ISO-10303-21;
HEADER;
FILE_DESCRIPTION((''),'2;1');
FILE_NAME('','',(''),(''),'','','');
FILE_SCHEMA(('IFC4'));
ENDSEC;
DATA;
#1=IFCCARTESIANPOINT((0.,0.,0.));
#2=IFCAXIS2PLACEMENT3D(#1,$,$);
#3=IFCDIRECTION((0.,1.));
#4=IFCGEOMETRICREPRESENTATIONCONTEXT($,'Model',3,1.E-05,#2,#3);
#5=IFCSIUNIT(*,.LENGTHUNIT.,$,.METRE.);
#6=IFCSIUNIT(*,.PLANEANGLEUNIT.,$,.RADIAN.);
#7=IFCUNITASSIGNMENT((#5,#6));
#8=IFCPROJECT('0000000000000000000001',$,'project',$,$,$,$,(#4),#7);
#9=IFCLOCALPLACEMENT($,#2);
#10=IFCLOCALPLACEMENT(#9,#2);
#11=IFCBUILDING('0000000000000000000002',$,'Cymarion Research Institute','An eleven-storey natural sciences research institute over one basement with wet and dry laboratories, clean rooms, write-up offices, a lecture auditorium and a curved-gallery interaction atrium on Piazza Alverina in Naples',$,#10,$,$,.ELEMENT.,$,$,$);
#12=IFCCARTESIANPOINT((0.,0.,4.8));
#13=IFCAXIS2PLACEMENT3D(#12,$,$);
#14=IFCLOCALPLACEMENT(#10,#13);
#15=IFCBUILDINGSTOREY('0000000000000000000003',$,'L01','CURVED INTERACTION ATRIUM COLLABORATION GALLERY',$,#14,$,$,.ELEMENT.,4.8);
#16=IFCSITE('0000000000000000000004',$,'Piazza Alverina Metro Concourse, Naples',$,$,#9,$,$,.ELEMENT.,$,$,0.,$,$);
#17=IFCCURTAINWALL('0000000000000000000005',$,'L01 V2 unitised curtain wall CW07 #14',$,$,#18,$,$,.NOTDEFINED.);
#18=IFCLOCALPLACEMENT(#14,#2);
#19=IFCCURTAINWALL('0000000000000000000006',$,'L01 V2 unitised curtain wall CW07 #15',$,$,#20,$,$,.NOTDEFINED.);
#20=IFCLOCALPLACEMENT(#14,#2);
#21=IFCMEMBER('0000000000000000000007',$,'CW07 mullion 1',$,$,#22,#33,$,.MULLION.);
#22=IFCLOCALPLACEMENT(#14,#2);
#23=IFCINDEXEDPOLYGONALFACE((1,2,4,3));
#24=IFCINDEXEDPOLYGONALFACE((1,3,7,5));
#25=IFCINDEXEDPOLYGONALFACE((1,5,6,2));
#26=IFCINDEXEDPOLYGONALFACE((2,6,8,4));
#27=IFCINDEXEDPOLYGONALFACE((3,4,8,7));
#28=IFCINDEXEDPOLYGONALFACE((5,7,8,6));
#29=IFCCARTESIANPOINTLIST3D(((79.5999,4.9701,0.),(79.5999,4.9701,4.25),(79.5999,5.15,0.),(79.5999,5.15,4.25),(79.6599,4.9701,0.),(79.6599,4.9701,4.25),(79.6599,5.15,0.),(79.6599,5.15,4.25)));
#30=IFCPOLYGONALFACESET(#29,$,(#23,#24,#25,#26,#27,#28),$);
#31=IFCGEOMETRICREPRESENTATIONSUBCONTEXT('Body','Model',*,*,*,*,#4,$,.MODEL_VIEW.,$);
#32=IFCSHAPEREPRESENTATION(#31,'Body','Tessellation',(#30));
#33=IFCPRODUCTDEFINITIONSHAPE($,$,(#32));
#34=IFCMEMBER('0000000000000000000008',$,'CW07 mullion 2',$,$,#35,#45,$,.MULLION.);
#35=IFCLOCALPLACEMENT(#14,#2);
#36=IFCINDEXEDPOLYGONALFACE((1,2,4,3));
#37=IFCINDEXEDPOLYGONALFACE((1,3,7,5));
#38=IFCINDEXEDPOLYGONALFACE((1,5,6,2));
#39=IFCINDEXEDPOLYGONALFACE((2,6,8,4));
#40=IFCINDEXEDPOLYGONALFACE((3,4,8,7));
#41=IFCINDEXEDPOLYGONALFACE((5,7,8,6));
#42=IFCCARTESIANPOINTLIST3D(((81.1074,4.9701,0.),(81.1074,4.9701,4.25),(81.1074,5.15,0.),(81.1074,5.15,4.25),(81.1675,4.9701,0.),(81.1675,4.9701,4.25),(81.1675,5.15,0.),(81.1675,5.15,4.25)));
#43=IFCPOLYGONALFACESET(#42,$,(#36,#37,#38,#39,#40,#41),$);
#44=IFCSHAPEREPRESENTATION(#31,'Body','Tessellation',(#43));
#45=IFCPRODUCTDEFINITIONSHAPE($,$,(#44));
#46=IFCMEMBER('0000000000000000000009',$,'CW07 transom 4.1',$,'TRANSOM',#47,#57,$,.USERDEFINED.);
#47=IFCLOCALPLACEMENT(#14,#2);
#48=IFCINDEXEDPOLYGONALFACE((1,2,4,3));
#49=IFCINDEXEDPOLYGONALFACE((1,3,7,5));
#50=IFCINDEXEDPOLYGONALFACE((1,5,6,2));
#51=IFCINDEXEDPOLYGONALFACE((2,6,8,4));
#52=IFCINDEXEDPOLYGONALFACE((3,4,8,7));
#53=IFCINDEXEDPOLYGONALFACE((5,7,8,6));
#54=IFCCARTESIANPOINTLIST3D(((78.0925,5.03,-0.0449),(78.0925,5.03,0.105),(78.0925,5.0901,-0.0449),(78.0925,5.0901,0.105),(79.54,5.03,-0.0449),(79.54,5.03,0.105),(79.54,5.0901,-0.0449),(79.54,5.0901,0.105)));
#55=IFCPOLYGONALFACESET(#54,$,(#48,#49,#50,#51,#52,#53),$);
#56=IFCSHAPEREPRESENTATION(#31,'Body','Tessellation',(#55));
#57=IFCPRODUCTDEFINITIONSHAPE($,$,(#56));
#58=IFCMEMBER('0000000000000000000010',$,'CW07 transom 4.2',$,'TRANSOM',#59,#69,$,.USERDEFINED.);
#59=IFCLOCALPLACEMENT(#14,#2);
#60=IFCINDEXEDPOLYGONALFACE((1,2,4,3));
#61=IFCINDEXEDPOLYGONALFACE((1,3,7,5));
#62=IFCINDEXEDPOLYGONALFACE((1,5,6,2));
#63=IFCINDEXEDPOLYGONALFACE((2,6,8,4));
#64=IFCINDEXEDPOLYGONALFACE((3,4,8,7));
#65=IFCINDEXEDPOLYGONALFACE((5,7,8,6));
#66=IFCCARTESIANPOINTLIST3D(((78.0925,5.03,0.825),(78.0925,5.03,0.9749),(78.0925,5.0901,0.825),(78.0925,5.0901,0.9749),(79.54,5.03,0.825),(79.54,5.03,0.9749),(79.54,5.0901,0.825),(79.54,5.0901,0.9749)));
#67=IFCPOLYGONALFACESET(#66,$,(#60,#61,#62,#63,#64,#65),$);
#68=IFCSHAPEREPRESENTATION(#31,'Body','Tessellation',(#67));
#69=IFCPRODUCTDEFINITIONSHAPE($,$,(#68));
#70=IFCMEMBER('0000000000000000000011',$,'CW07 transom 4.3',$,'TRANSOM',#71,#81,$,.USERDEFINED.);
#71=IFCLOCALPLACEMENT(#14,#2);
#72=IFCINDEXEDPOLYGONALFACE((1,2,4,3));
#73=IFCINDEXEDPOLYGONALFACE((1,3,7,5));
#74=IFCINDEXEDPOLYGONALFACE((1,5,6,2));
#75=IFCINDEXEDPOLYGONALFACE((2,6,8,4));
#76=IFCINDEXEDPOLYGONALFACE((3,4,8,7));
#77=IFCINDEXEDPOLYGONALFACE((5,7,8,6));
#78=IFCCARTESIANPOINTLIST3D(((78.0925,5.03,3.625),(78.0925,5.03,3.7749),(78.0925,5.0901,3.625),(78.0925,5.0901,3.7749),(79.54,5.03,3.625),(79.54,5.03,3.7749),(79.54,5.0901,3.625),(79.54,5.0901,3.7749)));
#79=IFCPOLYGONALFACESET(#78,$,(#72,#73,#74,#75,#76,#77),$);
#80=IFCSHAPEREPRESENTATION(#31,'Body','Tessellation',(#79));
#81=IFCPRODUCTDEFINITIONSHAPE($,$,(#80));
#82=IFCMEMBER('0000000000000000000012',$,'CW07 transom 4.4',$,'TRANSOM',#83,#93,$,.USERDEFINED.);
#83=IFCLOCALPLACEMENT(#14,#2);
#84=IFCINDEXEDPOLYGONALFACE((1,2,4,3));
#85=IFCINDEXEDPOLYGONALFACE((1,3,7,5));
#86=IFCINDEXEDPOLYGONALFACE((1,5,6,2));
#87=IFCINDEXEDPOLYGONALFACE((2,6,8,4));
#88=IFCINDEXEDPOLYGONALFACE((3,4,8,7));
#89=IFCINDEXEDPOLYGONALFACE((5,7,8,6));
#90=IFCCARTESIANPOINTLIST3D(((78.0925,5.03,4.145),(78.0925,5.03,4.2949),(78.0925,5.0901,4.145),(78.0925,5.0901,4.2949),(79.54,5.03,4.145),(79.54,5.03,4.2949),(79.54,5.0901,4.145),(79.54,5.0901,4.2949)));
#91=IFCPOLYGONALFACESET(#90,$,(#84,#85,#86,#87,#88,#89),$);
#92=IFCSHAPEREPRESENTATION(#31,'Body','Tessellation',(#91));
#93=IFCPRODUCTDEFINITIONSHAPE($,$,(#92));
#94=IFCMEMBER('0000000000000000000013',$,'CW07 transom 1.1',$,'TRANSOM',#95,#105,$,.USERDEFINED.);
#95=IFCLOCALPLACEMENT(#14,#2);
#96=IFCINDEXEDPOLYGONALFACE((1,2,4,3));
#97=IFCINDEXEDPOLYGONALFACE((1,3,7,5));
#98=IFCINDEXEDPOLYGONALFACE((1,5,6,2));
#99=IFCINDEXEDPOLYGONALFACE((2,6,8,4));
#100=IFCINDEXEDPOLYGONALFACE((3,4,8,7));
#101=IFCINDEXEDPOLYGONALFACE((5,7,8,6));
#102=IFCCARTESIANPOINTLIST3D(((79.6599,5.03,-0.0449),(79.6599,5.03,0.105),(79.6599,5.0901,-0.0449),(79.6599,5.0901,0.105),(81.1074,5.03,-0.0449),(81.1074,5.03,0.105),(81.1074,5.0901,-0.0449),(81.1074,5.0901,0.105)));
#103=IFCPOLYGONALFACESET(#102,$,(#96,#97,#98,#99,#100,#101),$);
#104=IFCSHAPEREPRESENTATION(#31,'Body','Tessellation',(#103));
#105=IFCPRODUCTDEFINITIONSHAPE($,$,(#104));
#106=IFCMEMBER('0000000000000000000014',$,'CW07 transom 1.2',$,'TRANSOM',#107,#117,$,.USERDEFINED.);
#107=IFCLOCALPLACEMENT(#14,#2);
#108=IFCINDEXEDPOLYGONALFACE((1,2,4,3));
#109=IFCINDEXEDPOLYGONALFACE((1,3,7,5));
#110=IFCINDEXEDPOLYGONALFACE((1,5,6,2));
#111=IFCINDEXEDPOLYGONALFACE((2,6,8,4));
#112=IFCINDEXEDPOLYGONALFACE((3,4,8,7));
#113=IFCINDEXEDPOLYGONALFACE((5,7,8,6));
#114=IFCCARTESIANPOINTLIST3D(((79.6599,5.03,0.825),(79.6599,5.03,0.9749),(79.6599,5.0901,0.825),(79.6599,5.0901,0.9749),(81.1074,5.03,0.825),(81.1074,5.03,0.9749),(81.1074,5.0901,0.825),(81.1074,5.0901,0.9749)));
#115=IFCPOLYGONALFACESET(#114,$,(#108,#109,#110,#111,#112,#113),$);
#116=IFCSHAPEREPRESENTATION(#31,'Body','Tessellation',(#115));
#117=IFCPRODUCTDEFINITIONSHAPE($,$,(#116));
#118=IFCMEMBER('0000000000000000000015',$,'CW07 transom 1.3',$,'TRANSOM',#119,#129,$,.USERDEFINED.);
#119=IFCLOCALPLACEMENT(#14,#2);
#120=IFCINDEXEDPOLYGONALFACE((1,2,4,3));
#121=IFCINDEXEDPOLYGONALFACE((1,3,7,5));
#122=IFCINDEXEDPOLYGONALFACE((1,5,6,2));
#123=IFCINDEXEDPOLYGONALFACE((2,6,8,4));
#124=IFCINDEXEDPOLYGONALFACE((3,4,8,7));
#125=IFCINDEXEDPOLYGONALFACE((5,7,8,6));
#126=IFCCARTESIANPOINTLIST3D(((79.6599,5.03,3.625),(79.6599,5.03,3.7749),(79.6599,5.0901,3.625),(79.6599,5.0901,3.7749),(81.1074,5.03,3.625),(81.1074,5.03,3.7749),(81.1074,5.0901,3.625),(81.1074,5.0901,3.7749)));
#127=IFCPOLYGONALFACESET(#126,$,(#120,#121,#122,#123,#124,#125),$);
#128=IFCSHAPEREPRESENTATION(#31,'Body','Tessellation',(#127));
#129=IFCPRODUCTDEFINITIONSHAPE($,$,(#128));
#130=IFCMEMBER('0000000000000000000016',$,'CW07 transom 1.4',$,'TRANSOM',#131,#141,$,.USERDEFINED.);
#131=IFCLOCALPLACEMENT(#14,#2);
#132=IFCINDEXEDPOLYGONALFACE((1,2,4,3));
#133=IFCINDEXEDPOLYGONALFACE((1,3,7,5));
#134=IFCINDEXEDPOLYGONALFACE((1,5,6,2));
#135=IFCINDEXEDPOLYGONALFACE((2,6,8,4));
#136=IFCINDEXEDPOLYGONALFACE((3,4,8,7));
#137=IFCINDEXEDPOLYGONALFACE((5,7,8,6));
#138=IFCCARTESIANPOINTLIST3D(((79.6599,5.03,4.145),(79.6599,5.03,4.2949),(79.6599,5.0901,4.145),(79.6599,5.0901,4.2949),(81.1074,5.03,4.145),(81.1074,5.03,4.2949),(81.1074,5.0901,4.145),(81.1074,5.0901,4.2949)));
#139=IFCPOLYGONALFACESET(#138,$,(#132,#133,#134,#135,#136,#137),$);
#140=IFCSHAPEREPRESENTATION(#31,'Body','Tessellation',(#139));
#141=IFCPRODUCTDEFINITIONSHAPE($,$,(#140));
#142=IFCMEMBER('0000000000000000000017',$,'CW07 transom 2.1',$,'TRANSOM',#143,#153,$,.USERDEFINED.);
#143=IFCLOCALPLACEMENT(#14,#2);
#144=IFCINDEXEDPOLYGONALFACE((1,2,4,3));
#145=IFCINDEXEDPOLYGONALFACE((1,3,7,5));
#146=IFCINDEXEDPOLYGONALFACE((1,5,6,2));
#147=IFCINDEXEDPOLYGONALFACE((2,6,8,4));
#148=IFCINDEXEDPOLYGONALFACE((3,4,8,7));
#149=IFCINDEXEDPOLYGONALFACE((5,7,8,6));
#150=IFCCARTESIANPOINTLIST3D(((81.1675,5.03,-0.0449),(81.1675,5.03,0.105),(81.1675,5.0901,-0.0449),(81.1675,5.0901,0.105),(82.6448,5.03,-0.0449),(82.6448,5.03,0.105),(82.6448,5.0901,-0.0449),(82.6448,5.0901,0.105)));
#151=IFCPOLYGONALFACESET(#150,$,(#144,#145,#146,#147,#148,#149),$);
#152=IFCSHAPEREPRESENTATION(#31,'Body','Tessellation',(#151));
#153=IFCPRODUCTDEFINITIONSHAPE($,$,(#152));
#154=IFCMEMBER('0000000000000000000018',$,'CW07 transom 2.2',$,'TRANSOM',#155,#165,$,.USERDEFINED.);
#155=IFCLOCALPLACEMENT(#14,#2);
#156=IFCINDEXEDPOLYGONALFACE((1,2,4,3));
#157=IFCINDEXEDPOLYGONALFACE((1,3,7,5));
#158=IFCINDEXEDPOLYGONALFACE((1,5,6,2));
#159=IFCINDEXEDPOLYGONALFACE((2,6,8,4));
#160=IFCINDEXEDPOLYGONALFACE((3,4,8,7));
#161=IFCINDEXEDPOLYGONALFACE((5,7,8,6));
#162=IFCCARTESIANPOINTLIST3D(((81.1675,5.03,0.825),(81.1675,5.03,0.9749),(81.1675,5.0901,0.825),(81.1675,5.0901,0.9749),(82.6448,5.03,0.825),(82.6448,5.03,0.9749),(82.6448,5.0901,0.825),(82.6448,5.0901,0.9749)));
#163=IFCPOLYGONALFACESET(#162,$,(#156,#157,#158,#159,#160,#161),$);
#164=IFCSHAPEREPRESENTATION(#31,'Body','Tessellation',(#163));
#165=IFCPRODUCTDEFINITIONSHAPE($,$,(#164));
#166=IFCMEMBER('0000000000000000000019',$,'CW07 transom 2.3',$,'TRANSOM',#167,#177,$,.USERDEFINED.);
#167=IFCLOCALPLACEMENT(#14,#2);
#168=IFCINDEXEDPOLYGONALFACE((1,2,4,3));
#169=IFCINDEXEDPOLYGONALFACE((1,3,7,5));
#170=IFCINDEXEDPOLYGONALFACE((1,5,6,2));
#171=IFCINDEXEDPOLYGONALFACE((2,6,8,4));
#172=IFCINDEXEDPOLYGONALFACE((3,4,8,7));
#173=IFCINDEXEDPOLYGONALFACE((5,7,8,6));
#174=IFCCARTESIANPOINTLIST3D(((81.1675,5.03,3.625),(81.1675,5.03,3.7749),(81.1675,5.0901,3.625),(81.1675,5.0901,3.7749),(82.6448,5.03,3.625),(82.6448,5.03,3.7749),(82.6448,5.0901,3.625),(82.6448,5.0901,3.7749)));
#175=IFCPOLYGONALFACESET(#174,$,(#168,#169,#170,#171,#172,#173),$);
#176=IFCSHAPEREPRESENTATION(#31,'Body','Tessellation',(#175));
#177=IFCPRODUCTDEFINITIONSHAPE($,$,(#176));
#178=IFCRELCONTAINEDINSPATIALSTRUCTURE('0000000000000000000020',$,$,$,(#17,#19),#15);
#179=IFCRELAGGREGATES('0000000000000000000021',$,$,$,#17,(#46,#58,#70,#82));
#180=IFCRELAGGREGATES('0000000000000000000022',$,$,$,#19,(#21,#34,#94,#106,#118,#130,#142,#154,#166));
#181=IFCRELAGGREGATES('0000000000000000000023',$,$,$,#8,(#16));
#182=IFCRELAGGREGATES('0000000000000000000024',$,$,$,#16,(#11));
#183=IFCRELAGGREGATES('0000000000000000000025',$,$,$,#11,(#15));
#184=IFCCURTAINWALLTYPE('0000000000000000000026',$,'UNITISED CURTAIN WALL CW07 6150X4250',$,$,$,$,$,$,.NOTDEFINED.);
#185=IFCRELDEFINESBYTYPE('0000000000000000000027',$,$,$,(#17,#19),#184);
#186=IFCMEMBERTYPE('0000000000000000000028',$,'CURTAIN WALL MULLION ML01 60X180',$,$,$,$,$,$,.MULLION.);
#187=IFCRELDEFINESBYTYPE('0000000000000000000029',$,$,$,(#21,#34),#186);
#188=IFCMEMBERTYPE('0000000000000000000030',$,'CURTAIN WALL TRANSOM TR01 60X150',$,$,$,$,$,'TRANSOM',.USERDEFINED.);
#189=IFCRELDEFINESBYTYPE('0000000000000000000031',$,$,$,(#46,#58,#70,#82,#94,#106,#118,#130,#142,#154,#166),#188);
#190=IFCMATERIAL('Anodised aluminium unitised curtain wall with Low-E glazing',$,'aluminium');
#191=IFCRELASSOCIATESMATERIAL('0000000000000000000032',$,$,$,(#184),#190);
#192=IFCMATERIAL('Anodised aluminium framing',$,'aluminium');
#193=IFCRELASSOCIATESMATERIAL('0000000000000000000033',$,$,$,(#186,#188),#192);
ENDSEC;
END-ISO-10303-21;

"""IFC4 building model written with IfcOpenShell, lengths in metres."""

from ifc_helpers import new_model, si_unit, direction, frame, origin, origin_2d, place, context, subcontext, project, spatial, rectangle, extrude, material, material_profile, profile_set, type_object, element, aggregate, save


model = new_model("IFC4")

# Units and contexts
model_context = context("Model", 3, precision=1e-05, world=origin(), true_north=direction((0.0, 1.0)))
body_context = subcontext(model_context, "Body", "Model", "MODEL_VIEW")
ifc_project = project(units=[si_unit("LENGTHUNIT", "METRE"), si_unit("PLANEANGLEUNIT", "RADIAN")], contexts=[model_context])

# Site, building, storey
site_placement = place(None, origin())
site = spatial("IfcSite", under=ifc_project, at=site_placement, Name="Piazza Alverina Metro Concourse, Naples", CompositionType="ELEMENT", RefElevation=0.0)
building_placement = place(site_placement, origin())
building = spatial("IfcBuilding", under=site, at=building_placement, Name="Cymarion Research Institute", Description="An eleven-storey natural sciences research institute over one basement with wet and dry laboratories, clean rooms, write-up offices, a lecture auditorium and a curved-gallery interaction atrium on Piazza Alverina in Naples", CompositionType="ELEMENT")
storey_placement = place(building_placement, frame((0.0, 0.0, 4.8)))
storey = spatial("IfcBuildingStorey", under=building, at=storey_placement, Name="L01", Description="CURVED INTERACTION ATRIUM COLLABORATION GALLERY", CompositionType="ELEMENT", Elevation=4.8)

# Curtain walls, members
ifc_material_1 = material(Name="Anodised aluminium unitised curtain wall with Low-E glazing", Category="aluminium")
curtain_wall_type = type_object("IfcCurtainWallType", Name="UNITISED CURTAIN WALL CW07 6150X4250", PredefinedType="NOTDEFINED", material=ifc_material_1)
curtain_wall_1_placement = place(storey_placement, origin())
curtain_wall_1 = element("IfcCurtainWall", 1, at=curtain_wall_1_placement, inside=storey, type_object=curtain_wall_type, Name="L01 V2 unitised curtain wall CW07 #14", PredefinedType="NOTDEFINED")
ifc_material_2 = material(Name="Anodised aluminium framing", Category="aluminium")
ifc_material_profile_1 = material_profile(ifc_material_2, rectangle(XDim=0.0601, YDim=0.1799, at=origin_2d()), Name="ALU MULLION 60x180")
ifc_profile_set_1 = profile_set([ifc_material_profile_1], Name="Anodised aluminium framing")
member_type_1 = type_object("IfcMemberType", Name="CURTAIN WALL MULLION ML01 60X180", PredefinedType="MULLION", material=ifc_profile_set_1)
curtain_wall_2_placement = place(storey_placement, origin())
curtain_wall_2 = element("IfcCurtainWall", 2, at=curtain_wall_2_placement, inside=storey, type_object=curtain_wall_type, Name="L01 V2 unitised curtain wall CW07 #15", PredefinedType="NOTDEFINED")
member_1_placement = place(storey_placement, frame((79.6299, 5.0601, 0.0), z_axis=(0.0, 0.0, 1.0), x_axis=(1.0, 0.0, 0.0)))
member_1 = element("IfcMember", 3, at=member_1_placement, type_object=member_type_1, Name="CW07 mullion 1", PredefinedType="MULLION", context=body_context, shape_type="SweptSolid", body=[
    extrude(rectangle(XDim=0.0601, YDim=0.1799, at=origin_2d()), origin(), (0.0, 0.0, 1.0), 4.25),
])
member_2_placement = place(storey_placement, frame((81.1375, 5.0601, 0.0), z_axis=(0.0, 0.0, 1.0), x_axis=(1.0, 0.0, 0.0)))
member_2 = element("IfcMember", 4, at=member_2_placement, type_object=member_type_1, Name="CW07 mullion 2", PredefinedType="MULLION", context=body_context, shape_type="SweptSolid", body=[
    extrude(rectangle(XDim=0.0601, YDim=0.1799, at=origin_2d()), origin(), (0.0, 0.0, 1.0), 4.25),
])

# Members
ifc_material_profile_2 = material_profile(ifc_material_2, rectangle(XDim=0.0601, YDim=0.1499, at=origin_2d()), Name="ALU TRANSOM 60x150")
ifc_profile_set_2 = profile_set([ifc_material_profile_2], Name="Anodised aluminium framing")
member_type_2 = type_object("IfcMemberType", Name="CURTAIN WALL TRANSOM TR01 60X150", ElementType="TRANSOM", PredefinedType="USERDEFINED", material=ifc_profile_set_2)
member_3_placement = place(storey_placement, frame((78.0925, 5.0601, 0.03), z_axis=(1.0, 0.0, 0.0), x_axis=(0.0, 1.0, 0.0)))
member_3 = element("IfcMember", 5, at=member_3_placement, type_object=member_type_2, Name="CW07 transom 4.1", ObjectType="TRANSOM", PredefinedType="USERDEFINED", context=body_context, shape_type="SweptSolid", body=[
    extrude(rectangle(XDim=0.0601, YDim=0.1499, at=origin_2d()), origin(), (0.0, 0.0, 1.0), 1.4475),
])
member_4_placement = place(storey_placement, frame((78.0925, 5.0601, 0.8999), z_axis=(1.0, 0.0, 0.0), x_axis=(0.0, 1.0, 0.0)))
member_4 = element("IfcMember", 6, at=member_4_placement, type_object=member_type_2, Name="CW07 transom 4.2", ObjectType="TRANSOM", PredefinedType="USERDEFINED", context=body_context, shape_type="SweptSolid", body=[
    extrude(rectangle(XDim=0.0601, YDim=0.1499, at=origin_2d()), origin(), (0.0, 0.0, 1.0), 1.4475),
])
member_5_placement = place(storey_placement, frame((78.0925, 5.0601, 3.7), z_axis=(1.0, 0.0, 0.0), x_axis=(0.0, 1.0, 0.0)))
member_5 = element("IfcMember", 7, at=member_5_placement, type_object=member_type_2, Name="CW07 transom 4.3", ObjectType="TRANSOM", PredefinedType="USERDEFINED", context=body_context, shape_type="SweptSolid", body=[
    extrude(rectangle(XDim=0.0601, YDim=0.1499, at=origin_2d()), origin(), (0.0, 0.0, 1.0), 1.4475),
])
member_6_placement = place(storey_placement, frame((78.0925, 5.0601, 4.22), z_axis=(1.0, 0.0, 0.0), x_axis=(0.0, 1.0, 0.0)))
member_6 = element("IfcMember", 8, at=member_6_placement, type_object=member_type_2, Name="CW07 transom 4.4", ObjectType="TRANSOM", PredefinedType="USERDEFINED", context=body_context, shape_type="SweptSolid", body=[
    extrude(rectangle(XDim=0.0601, YDim=0.1499, at=origin_2d()), origin(), (0.0, 0.0, 1.0), 1.4475),
])
member_7_placement = place(storey_placement, frame((79.6599, 5.0601, 0.03), z_axis=(1.0, 0.0, 0.0), x_axis=(0.0, 1.0, 0.0)))
member_7 = element("IfcMember", 9, at=member_7_placement, type_object=member_type_2, Name="CW07 transom 1.1", ObjectType="TRANSOM", PredefinedType="USERDEFINED", context=body_context, shape_type="SweptSolid", body=[
    extrude(rectangle(XDim=0.0601, YDim=0.1499, at=origin_2d()), origin(), (0.0, 0.0, 1.0), 1.4475),
])
member_8_placement = place(storey_placement, frame((79.6599, 5.0601, 0.8999), z_axis=(1.0, 0.0, 0.0), x_axis=(0.0, 1.0, 0.0)))
member_8 = element("IfcMember", 10, at=member_8_placement, type_object=member_type_2, Name="CW07 transom 1.2", ObjectType="TRANSOM", PredefinedType="USERDEFINED", context=body_context, shape_type="SweptSolid", body=[
    extrude(rectangle(XDim=0.0601, YDim=0.1499, at=origin_2d()), origin(), (0.0, 0.0, 1.0), 1.4475),
])
member_9_placement = place(storey_placement, frame((79.6599, 5.0601, 3.7), z_axis=(1.0, 0.0, 0.0), x_axis=(0.0, 1.0, 0.0)))
member_9 = element("IfcMember", 11, at=member_9_placement, type_object=member_type_2, Name="CW07 transom 1.3", ObjectType="TRANSOM", PredefinedType="USERDEFINED", context=body_context, shape_type="SweptSolid", body=[
    extrude(rectangle(XDim=0.0601, YDim=0.1499, at=origin_2d()), origin(), (0.0, 0.0, 1.0), 1.4475),
])
member_10_placement = place(storey_placement, frame((79.6599, 5.0601, 4.22), z_axis=(1.0, 0.0, 0.0), x_axis=(0.0, 1.0, 0.0)))
member_10 = element("IfcMember", 12, at=member_10_placement, type_object=member_type_2, Name="CW07 transom 1.4", ObjectType="TRANSOM", PredefinedType="USERDEFINED", context=body_context, shape_type="SweptSolid", body=[
    extrude(rectangle(XDim=0.0601, YDim=0.1499, at=origin_2d()), origin(), (0.0, 0.0, 1.0), 1.4475),
])
member_11_placement = place(storey_placement, frame((81.1675, 5.0601, 0.03), z_axis=(1.0, 0.0, 0.0), x_axis=(0.0, 1.0, 0.0)))
member_11 = element("IfcMember", 13, at=member_11_placement, type_object=member_type_2, Name="CW07 transom 2.1", ObjectType="TRANSOM", PredefinedType="USERDEFINED", context=body_context, shape_type="SweptSolid", body=[
    extrude(rectangle(XDim=0.0601, YDim=0.1499, at=origin_2d()), origin(), (0.0, 0.0, 1.0), 1.4773),
])
member_12_placement = place(storey_placement, frame((81.1675, 5.0601, 0.8999), z_axis=(1.0, 0.0, 0.0), x_axis=(0.0, 1.0, 0.0)))
member_12 = element("IfcMember", 14, at=member_12_placement, type_object=member_type_2, Name="CW07 transom 2.2", ObjectType="TRANSOM", PredefinedType="USERDEFINED", context=body_context, shape_type="SweptSolid", body=[
    extrude(rectangle(XDim=0.0601, YDim=0.1499, at=origin_2d()), origin(), (0.0, 0.0, 1.0), 1.4773),
])
member_13_placement = place(storey_placement, frame((81.1675, 5.0601, 3.7), z_axis=(1.0, 0.0, 0.0), x_axis=(0.0, 1.0, 0.0)))
member_13 = element("IfcMember", 15, at=member_13_placement, type_object=member_type_2, Name="CW07 transom 2.3", ObjectType="TRANSOM", PredefinedType="USERDEFINED", context=body_context, shape_type="SweptSolid", body=[
    extrude(rectangle(XDim=0.0601, YDim=0.1499, at=origin_2d()), origin(), (0.0, 0.0, 1.0), 1.4773),
])

aggregate(curtain_wall_1, [member_3, member_4, member_5, member_6])
aggregate(curtain_wall_2, [member_1, member_2, member_7, member_8, member_9, member_10, member_11, member_12, member_13])

save(model, "model.ifc")
